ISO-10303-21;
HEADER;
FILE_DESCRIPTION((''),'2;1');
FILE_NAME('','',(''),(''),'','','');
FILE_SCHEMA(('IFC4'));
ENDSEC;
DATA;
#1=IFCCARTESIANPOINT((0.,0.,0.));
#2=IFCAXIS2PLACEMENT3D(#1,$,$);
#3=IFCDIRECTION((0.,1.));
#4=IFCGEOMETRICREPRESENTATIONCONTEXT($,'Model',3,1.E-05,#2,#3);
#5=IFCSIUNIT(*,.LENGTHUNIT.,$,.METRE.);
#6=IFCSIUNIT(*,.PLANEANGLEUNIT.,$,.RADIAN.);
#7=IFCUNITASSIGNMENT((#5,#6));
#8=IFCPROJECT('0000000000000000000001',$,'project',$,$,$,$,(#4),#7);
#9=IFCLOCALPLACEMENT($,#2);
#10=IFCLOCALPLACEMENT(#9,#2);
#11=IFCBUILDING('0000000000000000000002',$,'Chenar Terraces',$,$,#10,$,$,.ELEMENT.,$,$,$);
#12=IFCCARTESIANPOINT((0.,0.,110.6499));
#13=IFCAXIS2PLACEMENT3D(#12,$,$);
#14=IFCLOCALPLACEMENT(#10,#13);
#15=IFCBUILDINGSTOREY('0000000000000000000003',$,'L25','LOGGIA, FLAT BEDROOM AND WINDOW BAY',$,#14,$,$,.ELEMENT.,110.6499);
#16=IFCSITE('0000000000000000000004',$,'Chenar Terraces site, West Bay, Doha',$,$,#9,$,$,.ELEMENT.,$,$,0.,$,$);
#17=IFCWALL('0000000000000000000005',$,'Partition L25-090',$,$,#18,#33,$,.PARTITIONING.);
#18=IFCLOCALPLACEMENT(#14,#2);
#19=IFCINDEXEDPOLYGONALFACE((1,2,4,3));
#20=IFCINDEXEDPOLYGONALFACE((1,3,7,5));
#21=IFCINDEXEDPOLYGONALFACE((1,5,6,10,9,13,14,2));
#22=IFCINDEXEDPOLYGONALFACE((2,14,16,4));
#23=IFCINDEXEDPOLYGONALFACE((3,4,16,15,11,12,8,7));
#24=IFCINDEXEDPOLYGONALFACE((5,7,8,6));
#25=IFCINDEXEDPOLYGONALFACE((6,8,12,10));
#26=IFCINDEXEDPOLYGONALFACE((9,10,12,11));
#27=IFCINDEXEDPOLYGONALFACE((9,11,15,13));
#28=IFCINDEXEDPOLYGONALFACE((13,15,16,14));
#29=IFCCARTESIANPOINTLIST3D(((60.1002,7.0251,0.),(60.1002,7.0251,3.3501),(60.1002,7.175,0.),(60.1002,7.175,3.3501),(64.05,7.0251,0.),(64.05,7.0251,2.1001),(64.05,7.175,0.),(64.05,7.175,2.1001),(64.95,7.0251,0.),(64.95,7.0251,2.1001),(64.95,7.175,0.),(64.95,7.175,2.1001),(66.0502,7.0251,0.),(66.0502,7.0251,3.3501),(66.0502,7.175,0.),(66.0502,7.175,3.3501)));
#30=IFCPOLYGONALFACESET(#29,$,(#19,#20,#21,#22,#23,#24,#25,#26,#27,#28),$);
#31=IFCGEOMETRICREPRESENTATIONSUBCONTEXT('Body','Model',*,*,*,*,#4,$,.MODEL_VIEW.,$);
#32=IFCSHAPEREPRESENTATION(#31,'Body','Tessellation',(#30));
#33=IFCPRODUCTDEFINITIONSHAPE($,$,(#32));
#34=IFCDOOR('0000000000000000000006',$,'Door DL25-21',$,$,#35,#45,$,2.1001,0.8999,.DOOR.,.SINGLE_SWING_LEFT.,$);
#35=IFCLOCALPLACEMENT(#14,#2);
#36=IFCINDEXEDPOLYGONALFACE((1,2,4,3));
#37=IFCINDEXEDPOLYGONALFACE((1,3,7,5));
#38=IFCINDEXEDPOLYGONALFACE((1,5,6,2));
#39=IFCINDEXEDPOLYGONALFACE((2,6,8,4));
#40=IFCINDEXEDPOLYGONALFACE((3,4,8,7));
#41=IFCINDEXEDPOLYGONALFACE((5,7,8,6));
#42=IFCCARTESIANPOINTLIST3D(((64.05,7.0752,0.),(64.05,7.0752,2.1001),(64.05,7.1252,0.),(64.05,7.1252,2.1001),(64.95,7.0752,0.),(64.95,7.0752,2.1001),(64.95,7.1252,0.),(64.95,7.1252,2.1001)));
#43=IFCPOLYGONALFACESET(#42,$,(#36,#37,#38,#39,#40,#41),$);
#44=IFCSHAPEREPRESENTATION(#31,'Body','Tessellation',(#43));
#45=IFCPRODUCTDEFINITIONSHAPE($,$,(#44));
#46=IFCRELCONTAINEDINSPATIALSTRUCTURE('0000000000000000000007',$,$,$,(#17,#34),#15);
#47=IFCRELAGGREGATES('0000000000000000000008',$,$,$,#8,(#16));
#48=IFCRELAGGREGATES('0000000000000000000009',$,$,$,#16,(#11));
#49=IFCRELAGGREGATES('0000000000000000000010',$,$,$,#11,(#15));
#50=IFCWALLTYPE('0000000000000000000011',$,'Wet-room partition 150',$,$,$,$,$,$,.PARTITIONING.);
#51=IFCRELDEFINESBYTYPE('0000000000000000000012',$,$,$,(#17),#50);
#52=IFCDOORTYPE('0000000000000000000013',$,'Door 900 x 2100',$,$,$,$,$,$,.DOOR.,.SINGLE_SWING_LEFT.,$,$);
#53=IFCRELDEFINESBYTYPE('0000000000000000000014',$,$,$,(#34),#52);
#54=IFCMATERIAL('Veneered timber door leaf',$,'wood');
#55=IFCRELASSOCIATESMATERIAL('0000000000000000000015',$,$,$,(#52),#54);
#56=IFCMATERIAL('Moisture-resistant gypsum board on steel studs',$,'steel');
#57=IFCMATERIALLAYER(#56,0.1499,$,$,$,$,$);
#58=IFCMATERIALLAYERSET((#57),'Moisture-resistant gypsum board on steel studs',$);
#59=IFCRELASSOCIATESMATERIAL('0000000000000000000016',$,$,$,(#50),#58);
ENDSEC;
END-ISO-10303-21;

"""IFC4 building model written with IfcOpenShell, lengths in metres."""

from ifc_helpers import new_model, si_unit, direction, frame, frame_2d, origin, place, context, subcontext, project, spatial, rectangle, extrude, material, layer, layer_set, type_object, element, fill, save


model = new_model("IFC4")

# Units and contexts
model_context = context("Model", 3, precision=1e-05, world=origin(), true_north=direction((0.0, 1.0)))
body_context = subcontext(model_context, "Body", "Model", "MODEL_VIEW")
ifc_project = project(units=[si_unit("LENGTHUNIT", "METRE"), si_unit("PLANEANGLEUNIT", "RADIAN")], contexts=[model_context])

# Site, building, storey
site_placement = place(None, origin())
site = spatial("IfcSite", under=ifc_project, at=site_placement, Name="Chenar Terraces site, West Bay, Doha", CompositionType="ELEMENT", RefElevation=0.0)
building_placement = place(site_placement, origin())
building = spatial("IfcBuilding", under=site, at=building_placement, Name="Chenar Terraces", CompositionType="ELEMENT")
storey_placement = place(building_placement, frame((0.0, 0.0, 110.6499)))
storey = spatial("IfcBuildingStorey", under=building, at=storey_placement, Name="L25", Description="LOGGIA, FLAT BEDROOM AND WINDOW BAY", CompositionType="ELEMENT", Elevation=110.6499)

# Shared definitions
ifc_material_1 = material(Name="Veneered timber door leaf", Category="wood")
door_type_1 = type_object("IfcDoorType", Name="Door 900 x 2100", OperationType="SINGLE_SWING_LEFT", PredefinedType="DOOR", material=ifc_material_1)

# Shared definitions
ifc_material_2 = material(Name="Moisture-resistant gypsum board on steel studs", Category="steel")
ifc_layer_1 = layer(ifc_material_2, 0.1499)
ifc_layer_set_1 = layer_set([ifc_layer_1], Name="Moisture-resistant gypsum board on steel studs")
wall_type_1 = type_object("IfcWallType", Name="Wet-room partition 150", PredefinedType="PARTITIONING", material=ifc_layer_set_1)

# Wall, opening, door
wall_1_placement = place(storey_placement, frame((60.1001, 7.1001, 0.0), z_axis=(0.0, 0.0, 1.0), x_axis=(1.0, 0.0, 0.0)))
wall_1 = element("IfcWall", 1, at=wall_1_placement, inside=storey, type_object=wall_type_1, Name="Partition L25-090", PredefinedType="PARTITIONING", context=body_context, shape_type="SweptSolid", body=[
    extrude(rectangle(XDim=5.95, YDim=0.1499, at=frame_2d((2.9751, 0.0))), origin(), (0.0, 0.0, 1.0), 3.3501),
])
opening_1_placement = place(wall_1_placement, frame((3.95, 0.0, 0.0)))
opening_1 = element("IfcOpeningElement", 2, at=opening_1_placement, cuts=wall_1, PredefinedType="OPENING", context=body_context, shape_type="SweptSolid", body=[
    extrude(rectangle(XDim=0.8999, YDim=2.1001, at=frame_2d((0.45, 1.05))), frame((0.0, 0.085, 0.0), z_axis=(0.0, -1.0, 0.0), x_axis=(1.0, 0.0, 0.0)), (0.0, 0.0, 1.0), 0.1699),
])
door_1_placement = place(opening_1_placement, frame((0.8999, 0.0, 0.0), z_axis=(0.0, 0.0, 1.0), x_axis=(-1.0, 0.0, 0.0)))
door_1 = element("IfcDoor", 3, at=door_1_placement, inside=storey, type_object=door_type_1, Name="Door DL25-21", OperationType="SINGLE_SWING_LEFT", OverallHeight=2.1001, OverallWidth=0.8999, PredefinedType="DOOR", context=body_context, shape_type="SweptSolid", body=[
    extrude(rectangle(XDim=0.8999, YDim=2.1001, at=frame_2d((0.45, 1.05))), frame((0.0, 0.0249, 0.0), z_axis=(0.0, -1.0, 0.0), x_axis=(1.0, 0.0, 0.0)), (0.0, 0.0, 1.0), 0.05),
])
fill(opening_1, door_1)

save(model, "model.ifc")
